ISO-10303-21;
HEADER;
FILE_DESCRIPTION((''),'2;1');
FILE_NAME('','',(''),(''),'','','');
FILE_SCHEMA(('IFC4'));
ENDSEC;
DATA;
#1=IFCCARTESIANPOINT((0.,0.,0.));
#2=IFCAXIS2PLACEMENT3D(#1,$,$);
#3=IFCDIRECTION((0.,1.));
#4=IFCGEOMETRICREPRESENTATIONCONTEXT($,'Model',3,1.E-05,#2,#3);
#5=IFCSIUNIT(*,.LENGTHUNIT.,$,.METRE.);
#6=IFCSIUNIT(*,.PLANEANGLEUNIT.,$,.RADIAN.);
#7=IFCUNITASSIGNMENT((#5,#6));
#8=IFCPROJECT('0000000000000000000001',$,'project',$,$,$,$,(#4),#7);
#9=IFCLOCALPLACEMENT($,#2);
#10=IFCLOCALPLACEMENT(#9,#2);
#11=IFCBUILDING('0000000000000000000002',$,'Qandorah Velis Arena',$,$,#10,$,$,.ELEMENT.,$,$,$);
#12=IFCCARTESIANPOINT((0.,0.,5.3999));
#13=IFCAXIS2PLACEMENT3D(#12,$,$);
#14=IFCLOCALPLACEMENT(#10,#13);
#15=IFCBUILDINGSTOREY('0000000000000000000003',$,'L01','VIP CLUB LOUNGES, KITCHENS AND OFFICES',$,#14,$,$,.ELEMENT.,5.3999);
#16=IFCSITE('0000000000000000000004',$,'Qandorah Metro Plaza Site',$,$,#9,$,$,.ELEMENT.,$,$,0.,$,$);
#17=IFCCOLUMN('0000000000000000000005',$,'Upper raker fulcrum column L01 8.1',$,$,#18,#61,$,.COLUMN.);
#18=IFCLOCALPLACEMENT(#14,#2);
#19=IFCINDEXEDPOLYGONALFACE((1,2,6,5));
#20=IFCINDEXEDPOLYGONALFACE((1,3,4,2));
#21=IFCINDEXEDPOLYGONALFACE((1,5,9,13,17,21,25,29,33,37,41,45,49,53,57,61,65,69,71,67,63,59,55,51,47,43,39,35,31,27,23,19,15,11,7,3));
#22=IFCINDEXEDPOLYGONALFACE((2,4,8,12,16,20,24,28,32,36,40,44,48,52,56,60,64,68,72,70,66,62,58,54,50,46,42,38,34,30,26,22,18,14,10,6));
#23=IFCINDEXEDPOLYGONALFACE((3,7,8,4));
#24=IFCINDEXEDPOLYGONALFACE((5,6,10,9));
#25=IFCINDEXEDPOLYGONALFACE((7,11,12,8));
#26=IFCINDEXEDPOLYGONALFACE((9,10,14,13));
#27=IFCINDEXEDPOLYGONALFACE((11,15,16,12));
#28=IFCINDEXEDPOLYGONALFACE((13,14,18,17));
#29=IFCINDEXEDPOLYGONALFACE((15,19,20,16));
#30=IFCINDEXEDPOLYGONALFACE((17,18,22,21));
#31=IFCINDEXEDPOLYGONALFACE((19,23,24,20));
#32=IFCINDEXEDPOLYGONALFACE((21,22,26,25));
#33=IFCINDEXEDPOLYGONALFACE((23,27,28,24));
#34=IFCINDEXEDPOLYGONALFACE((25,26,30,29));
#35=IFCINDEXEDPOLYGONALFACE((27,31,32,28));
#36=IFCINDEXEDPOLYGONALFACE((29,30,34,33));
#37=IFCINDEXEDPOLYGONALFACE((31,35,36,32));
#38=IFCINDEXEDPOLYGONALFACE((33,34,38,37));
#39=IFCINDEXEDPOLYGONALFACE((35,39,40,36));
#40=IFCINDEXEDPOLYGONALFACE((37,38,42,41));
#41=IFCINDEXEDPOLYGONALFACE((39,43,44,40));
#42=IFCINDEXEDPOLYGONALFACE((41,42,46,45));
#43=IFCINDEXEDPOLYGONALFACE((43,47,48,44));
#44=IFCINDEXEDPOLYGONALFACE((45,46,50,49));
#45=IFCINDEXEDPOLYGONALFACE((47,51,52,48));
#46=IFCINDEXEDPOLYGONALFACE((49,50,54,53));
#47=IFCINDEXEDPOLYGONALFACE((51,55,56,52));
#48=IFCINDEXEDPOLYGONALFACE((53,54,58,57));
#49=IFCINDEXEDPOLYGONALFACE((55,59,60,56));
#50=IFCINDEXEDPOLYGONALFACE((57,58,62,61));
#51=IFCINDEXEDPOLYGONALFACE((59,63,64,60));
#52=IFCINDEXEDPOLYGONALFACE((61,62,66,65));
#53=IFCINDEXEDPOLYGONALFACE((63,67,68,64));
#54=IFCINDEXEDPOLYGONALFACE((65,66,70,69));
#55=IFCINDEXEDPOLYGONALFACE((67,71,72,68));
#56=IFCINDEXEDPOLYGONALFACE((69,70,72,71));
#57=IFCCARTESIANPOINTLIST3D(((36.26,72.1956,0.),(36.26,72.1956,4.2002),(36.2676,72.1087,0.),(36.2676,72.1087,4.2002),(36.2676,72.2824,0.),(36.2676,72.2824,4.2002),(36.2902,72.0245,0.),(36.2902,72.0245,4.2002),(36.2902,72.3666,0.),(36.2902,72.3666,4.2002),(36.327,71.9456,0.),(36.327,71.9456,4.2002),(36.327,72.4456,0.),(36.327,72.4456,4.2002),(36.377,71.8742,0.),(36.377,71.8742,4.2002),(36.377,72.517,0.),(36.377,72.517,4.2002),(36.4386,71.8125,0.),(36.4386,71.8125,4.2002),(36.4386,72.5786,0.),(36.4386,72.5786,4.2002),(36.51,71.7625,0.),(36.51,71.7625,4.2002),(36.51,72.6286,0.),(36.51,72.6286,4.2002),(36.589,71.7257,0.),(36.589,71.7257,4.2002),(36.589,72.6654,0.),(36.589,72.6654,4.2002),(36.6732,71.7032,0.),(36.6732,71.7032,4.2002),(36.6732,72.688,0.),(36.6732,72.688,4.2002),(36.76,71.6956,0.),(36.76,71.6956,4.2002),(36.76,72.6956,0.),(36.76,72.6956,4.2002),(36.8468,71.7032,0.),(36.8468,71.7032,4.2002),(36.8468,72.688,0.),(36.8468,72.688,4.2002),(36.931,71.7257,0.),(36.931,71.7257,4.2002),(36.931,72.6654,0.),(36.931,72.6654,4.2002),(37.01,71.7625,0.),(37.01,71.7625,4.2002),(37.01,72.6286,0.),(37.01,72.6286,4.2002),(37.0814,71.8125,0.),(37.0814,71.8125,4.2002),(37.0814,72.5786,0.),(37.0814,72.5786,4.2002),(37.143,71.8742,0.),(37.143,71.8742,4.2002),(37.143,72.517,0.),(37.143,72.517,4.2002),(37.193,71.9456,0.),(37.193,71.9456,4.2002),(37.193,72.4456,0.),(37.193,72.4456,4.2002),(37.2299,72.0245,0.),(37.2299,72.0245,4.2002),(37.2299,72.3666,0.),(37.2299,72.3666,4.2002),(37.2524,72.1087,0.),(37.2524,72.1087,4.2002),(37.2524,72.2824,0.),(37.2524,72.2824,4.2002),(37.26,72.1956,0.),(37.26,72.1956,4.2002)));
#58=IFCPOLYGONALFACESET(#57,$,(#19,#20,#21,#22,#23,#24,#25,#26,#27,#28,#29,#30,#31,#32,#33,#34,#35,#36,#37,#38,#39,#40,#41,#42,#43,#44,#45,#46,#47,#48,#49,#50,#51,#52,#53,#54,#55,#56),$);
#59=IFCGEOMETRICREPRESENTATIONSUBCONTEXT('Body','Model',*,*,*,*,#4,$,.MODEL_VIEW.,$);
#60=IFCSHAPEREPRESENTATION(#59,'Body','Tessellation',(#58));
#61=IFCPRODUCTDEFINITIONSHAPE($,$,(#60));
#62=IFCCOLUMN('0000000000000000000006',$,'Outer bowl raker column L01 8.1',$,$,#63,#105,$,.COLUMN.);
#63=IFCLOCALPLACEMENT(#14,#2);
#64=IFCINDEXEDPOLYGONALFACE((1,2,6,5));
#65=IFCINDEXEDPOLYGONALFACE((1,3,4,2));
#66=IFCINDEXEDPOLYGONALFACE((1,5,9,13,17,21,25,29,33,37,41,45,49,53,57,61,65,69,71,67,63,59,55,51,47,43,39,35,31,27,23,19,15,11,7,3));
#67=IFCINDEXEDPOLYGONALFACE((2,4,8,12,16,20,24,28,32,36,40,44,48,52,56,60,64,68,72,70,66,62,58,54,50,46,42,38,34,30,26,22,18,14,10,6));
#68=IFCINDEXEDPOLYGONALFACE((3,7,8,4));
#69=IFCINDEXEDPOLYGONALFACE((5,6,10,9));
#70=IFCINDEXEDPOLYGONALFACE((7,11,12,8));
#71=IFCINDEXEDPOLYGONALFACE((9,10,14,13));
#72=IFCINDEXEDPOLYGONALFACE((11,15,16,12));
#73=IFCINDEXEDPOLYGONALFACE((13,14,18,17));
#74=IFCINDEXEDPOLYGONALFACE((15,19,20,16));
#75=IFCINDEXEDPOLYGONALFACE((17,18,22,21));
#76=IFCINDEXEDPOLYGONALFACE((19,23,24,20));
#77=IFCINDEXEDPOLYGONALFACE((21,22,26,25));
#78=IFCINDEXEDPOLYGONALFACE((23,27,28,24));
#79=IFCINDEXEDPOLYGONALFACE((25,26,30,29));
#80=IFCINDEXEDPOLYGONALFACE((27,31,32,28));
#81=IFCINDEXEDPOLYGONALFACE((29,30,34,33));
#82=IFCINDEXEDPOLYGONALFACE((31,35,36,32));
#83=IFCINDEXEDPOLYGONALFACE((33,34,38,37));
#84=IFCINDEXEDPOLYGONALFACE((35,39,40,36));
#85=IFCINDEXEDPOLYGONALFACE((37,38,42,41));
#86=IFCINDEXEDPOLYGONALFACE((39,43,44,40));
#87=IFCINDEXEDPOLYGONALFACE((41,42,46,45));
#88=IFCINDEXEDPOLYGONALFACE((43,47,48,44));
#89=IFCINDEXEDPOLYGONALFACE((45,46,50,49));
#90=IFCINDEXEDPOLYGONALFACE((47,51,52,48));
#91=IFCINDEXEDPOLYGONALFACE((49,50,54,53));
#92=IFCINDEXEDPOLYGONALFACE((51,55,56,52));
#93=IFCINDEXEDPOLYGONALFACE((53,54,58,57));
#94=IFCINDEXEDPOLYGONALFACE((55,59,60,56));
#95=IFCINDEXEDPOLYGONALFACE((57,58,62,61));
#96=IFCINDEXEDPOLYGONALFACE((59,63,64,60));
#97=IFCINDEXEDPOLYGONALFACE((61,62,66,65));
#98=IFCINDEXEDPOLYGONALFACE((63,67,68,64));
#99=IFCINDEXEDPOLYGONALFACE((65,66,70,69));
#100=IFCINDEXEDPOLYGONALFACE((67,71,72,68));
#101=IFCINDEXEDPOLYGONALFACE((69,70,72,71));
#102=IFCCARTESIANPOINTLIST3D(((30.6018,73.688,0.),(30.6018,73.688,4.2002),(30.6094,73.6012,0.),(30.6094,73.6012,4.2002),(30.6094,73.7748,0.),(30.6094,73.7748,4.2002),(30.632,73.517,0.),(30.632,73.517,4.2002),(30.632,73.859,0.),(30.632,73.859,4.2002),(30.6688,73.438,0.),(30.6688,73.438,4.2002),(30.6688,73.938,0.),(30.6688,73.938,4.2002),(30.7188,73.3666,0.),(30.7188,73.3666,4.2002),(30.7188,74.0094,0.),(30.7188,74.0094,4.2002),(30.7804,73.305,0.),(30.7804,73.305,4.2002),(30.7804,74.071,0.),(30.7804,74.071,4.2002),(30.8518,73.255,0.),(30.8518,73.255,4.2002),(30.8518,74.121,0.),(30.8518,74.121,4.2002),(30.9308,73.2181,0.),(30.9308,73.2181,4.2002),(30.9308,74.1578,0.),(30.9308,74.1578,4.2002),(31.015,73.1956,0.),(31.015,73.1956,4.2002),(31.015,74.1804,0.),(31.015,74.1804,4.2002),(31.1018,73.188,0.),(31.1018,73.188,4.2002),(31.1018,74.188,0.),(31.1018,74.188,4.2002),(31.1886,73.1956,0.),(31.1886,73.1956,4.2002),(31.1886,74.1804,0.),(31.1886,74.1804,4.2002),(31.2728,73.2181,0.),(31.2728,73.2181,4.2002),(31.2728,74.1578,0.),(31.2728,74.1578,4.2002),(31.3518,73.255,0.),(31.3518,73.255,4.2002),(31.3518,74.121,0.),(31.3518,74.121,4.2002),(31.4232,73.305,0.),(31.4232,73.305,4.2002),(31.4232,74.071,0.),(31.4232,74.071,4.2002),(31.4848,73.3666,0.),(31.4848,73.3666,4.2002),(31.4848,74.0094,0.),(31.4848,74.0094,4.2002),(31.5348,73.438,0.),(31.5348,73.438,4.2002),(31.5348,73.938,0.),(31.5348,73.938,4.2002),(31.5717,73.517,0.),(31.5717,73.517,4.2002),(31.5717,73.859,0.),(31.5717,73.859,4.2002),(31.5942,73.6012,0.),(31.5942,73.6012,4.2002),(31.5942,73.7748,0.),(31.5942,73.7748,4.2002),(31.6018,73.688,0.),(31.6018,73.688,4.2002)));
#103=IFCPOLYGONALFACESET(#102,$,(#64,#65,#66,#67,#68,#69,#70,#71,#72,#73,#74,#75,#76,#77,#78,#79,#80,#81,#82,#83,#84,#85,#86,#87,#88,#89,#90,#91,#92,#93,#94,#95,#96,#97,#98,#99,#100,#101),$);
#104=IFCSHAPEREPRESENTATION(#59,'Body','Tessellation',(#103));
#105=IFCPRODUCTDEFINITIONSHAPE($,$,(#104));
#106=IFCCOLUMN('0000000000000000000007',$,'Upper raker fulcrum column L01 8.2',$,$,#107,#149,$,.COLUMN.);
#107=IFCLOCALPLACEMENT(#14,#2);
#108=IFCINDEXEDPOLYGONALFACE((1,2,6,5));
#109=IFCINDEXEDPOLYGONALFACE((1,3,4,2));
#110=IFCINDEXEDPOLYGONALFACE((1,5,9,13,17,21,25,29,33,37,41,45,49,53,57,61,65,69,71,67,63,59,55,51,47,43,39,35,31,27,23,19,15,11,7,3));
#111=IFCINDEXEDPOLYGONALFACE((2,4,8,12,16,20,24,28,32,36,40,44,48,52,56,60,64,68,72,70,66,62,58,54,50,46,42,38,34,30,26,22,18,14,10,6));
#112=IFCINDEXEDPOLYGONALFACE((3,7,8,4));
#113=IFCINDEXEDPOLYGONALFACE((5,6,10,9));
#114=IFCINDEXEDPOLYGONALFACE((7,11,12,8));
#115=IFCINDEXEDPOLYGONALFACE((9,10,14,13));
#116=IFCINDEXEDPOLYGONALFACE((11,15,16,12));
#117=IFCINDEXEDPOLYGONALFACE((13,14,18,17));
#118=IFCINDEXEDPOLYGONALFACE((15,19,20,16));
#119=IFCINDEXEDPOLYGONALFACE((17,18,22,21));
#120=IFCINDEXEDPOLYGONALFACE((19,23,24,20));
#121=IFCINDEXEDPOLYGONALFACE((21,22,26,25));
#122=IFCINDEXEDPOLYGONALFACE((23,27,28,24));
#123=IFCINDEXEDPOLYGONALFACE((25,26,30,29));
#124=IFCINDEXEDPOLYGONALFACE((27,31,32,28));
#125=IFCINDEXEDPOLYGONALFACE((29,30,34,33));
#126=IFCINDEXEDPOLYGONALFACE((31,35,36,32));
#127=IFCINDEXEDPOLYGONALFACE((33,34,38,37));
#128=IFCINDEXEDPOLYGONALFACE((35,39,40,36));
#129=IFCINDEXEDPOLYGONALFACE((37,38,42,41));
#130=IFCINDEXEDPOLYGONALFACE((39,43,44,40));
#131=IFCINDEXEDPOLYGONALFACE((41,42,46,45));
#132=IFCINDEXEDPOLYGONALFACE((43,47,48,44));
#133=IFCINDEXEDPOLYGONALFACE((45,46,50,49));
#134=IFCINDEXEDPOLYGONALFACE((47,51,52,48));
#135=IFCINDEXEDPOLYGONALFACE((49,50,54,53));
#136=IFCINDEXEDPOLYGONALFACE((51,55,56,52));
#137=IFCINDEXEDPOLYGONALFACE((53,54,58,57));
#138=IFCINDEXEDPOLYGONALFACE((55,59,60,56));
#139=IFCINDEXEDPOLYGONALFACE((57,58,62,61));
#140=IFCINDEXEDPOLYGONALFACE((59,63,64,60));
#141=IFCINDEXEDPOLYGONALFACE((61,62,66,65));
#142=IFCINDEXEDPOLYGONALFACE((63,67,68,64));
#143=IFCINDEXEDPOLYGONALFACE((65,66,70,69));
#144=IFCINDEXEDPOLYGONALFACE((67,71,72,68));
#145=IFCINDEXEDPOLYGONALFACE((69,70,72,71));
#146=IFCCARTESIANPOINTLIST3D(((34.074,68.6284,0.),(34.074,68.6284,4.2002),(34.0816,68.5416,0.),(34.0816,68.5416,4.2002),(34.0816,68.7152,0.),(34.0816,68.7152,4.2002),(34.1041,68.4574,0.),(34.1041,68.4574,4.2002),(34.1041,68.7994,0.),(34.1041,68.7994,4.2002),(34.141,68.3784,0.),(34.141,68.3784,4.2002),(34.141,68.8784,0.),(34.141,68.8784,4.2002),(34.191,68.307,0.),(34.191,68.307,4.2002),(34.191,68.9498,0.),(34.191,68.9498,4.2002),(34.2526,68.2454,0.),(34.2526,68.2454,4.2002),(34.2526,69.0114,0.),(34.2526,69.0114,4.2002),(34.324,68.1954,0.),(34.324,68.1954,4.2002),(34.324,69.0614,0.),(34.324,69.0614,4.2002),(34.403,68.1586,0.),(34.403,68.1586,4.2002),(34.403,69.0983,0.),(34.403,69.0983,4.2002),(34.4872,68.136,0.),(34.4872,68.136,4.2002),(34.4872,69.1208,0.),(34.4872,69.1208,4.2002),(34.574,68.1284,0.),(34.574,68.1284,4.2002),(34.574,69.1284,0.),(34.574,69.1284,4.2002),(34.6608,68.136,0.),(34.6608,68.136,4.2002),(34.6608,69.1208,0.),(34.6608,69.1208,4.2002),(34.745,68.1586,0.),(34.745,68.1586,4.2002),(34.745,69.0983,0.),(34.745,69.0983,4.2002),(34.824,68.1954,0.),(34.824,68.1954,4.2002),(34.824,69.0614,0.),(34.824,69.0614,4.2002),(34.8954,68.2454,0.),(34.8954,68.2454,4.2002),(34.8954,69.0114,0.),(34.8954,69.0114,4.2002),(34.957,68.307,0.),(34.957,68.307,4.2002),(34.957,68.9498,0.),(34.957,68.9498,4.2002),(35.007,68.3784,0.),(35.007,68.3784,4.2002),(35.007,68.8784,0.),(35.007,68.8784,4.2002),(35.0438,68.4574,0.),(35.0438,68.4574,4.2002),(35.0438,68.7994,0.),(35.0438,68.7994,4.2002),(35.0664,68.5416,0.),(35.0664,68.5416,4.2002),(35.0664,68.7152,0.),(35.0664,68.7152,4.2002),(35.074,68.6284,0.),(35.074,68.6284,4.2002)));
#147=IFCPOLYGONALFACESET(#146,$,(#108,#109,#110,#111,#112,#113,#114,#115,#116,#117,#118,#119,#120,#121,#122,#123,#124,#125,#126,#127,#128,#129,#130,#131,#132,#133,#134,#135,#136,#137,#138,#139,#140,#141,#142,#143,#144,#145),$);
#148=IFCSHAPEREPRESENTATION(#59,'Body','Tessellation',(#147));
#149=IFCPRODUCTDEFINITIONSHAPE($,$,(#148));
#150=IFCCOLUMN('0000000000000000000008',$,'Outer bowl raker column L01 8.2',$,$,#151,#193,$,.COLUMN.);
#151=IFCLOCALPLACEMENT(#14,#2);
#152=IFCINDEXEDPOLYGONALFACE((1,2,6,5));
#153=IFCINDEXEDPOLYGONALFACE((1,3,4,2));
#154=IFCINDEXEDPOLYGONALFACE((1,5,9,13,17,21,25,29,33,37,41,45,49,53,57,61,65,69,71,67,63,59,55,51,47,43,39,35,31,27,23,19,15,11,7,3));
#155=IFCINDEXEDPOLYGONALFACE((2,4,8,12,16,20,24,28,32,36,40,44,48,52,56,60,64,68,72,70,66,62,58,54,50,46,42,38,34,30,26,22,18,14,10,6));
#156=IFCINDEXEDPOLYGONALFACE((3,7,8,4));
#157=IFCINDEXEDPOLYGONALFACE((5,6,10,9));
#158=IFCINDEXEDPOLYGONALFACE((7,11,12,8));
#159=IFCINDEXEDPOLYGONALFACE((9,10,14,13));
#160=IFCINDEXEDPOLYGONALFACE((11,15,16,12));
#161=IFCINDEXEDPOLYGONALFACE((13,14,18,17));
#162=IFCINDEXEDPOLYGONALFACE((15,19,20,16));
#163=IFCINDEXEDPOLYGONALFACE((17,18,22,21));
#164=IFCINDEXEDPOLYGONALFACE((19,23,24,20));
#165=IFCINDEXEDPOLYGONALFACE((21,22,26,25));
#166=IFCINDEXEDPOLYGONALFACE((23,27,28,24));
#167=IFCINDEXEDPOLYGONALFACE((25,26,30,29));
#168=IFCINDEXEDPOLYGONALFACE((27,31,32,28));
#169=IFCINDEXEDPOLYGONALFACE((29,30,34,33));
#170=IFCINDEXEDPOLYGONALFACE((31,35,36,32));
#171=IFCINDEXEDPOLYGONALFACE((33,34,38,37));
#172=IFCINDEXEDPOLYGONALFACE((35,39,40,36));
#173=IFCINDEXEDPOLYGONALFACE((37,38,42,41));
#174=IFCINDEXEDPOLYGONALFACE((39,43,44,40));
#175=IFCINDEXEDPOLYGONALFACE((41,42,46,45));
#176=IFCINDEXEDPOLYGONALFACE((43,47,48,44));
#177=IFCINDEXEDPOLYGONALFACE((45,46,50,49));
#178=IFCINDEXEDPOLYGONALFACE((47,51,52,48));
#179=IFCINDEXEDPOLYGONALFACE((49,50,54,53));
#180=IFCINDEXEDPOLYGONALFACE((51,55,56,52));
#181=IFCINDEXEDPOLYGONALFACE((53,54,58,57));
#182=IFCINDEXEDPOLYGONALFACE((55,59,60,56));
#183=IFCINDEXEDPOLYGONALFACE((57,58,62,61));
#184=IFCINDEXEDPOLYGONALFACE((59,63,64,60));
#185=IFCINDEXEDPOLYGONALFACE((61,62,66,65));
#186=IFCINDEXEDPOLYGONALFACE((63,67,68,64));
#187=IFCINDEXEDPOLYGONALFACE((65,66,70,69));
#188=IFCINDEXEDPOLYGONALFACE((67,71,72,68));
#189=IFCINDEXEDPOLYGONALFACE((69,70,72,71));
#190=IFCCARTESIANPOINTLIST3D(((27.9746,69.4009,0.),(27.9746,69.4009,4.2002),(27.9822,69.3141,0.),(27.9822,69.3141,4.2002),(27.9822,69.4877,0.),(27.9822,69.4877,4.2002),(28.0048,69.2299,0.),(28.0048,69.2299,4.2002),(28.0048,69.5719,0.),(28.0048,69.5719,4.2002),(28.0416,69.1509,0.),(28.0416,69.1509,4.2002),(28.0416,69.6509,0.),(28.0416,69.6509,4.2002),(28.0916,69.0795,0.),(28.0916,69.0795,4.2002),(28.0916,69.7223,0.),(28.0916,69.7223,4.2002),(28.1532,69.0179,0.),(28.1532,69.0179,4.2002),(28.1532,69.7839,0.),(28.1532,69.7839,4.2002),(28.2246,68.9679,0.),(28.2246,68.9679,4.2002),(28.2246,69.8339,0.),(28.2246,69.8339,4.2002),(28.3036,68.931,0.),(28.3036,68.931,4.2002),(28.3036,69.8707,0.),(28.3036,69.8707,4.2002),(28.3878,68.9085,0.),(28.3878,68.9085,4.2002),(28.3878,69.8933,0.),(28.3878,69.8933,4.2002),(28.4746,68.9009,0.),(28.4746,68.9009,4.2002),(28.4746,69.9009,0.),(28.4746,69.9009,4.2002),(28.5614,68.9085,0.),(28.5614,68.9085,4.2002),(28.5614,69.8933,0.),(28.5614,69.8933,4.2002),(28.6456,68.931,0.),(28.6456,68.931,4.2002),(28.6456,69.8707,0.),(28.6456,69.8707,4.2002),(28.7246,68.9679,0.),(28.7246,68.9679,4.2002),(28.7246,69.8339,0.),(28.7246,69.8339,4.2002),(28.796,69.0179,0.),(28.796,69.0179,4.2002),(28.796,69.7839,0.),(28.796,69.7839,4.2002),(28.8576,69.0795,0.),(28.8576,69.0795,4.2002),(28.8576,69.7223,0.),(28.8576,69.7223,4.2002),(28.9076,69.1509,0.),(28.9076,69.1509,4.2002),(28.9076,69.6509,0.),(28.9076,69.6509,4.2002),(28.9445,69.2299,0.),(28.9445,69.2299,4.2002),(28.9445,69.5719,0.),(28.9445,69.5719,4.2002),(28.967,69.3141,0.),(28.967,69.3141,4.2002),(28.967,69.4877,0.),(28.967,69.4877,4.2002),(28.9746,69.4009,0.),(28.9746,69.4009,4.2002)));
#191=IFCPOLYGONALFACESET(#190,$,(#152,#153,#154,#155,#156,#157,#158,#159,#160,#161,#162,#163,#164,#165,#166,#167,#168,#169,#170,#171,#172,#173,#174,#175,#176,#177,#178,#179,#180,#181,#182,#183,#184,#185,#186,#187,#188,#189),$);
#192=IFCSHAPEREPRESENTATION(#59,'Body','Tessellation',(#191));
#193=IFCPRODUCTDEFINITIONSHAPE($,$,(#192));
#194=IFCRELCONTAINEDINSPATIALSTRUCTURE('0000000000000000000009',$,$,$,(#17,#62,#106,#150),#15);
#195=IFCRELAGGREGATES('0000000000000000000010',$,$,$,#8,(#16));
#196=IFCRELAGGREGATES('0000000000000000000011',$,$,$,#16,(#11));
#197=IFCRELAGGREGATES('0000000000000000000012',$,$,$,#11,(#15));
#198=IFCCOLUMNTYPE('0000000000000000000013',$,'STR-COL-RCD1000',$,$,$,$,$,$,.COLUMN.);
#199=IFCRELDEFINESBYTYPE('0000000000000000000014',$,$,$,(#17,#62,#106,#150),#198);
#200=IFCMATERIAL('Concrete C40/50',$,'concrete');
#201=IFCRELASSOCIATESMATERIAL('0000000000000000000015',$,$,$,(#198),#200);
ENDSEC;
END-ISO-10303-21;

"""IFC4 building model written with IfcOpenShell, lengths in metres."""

from ifc_helpers import new_model, si_unit, direction, frame, origin, origin_2d, place, context, subcontext, project, spatial, circle, extrude, material, material_profile, profile_set, type_object, element, save


model = new_model("IFC4")

# Units and contexts
model_context = context("Model", 3, precision=1e-05, world=origin(), true_north=direction((0.0, 1.0)))
body_context = subcontext(model_context, "Body", "Model", "MODEL_VIEW")
ifc_project = project(units=[si_unit("LENGTHUNIT", "METRE"), si_unit("PLANEANGLEUNIT", "RADIAN")], contexts=[model_context])

# Site, building, storey
site_placement = place(None, origin())
site = spatial("IfcSite", under=ifc_project, at=site_placement, Name="Qandorah Metro Plaza Site", CompositionType="ELEMENT", RefElevation=0.0)
building_placement = place(site_placement, origin())
building = spatial("IfcBuilding", under=site, at=building_placement, Name="Qandorah Velis Arena", CompositionType="ELEMENT")
storey_placement = place(building_placement, frame((0.0, 0.0, 5.3999)))
storey = spatial("IfcBuildingStorey", under=building, at=storey_placement, Name="L01", Description="VIP CLUB LOUNGES, KITCHENS AND OFFICES", CompositionType="ELEMENT", Elevation=5.3999)

# Columns
ifc_material_1 = material(Name="Concrete C40/50", Category="concrete")
ifc_material_profile_1 = material_profile(ifc_material_1, circle(Radius=0.5, at=origin_2d()), Name="RC D1000")
ifc_profile_set_1 = profile_set([ifc_material_profile_1], Name="Concrete C40/50")
column_type = type_object("IfcColumnType", Name="STR-COL-RCD1000", PredefinedType="COLUMN", material=ifc_profile_set_1)
for number, where, z_axis, x_axis, name in (
    (1, (36.76, 72.1956, 0.0), (0.0, 0.0, 1.0), (1.0, 0.0, 0.0), "Upper raker fulcrum column L01 8.1"),
    (2, (31.1018, 73.688, 0.0), (0.0, 0.0, 1.0), (1.0, 0.0, 0.0), "Outer bowl raker column L01 8.1"),
    (3, (34.574, 68.6284, 0.0), (0.0, 0.0, 1.0), (1.0, 0.0, 0.0), "Upper raker fulcrum column L01 8.2"),
    (4, (28.4746, 69.4009, 0.0), (0.0, 0.0, 1.0), (1.0, 0.0, 0.0), "Outer bowl raker column L01 8.2"),
):
    element("IfcColumn", number, at=place(storey_placement, frame(where, z_axis=z_axis, x_axis=x_axis)), inside=storey, type_object=column_type, Name=name, PredefinedType="COLUMN", context=body_context, shape_type="SweptSolid", body=[
        extrude(circle(Radius=0.5, at=origin_2d()), origin(), (0.0, 0.0, 1.0), 4.2002),
    ])

save(model, "model.ifc")
